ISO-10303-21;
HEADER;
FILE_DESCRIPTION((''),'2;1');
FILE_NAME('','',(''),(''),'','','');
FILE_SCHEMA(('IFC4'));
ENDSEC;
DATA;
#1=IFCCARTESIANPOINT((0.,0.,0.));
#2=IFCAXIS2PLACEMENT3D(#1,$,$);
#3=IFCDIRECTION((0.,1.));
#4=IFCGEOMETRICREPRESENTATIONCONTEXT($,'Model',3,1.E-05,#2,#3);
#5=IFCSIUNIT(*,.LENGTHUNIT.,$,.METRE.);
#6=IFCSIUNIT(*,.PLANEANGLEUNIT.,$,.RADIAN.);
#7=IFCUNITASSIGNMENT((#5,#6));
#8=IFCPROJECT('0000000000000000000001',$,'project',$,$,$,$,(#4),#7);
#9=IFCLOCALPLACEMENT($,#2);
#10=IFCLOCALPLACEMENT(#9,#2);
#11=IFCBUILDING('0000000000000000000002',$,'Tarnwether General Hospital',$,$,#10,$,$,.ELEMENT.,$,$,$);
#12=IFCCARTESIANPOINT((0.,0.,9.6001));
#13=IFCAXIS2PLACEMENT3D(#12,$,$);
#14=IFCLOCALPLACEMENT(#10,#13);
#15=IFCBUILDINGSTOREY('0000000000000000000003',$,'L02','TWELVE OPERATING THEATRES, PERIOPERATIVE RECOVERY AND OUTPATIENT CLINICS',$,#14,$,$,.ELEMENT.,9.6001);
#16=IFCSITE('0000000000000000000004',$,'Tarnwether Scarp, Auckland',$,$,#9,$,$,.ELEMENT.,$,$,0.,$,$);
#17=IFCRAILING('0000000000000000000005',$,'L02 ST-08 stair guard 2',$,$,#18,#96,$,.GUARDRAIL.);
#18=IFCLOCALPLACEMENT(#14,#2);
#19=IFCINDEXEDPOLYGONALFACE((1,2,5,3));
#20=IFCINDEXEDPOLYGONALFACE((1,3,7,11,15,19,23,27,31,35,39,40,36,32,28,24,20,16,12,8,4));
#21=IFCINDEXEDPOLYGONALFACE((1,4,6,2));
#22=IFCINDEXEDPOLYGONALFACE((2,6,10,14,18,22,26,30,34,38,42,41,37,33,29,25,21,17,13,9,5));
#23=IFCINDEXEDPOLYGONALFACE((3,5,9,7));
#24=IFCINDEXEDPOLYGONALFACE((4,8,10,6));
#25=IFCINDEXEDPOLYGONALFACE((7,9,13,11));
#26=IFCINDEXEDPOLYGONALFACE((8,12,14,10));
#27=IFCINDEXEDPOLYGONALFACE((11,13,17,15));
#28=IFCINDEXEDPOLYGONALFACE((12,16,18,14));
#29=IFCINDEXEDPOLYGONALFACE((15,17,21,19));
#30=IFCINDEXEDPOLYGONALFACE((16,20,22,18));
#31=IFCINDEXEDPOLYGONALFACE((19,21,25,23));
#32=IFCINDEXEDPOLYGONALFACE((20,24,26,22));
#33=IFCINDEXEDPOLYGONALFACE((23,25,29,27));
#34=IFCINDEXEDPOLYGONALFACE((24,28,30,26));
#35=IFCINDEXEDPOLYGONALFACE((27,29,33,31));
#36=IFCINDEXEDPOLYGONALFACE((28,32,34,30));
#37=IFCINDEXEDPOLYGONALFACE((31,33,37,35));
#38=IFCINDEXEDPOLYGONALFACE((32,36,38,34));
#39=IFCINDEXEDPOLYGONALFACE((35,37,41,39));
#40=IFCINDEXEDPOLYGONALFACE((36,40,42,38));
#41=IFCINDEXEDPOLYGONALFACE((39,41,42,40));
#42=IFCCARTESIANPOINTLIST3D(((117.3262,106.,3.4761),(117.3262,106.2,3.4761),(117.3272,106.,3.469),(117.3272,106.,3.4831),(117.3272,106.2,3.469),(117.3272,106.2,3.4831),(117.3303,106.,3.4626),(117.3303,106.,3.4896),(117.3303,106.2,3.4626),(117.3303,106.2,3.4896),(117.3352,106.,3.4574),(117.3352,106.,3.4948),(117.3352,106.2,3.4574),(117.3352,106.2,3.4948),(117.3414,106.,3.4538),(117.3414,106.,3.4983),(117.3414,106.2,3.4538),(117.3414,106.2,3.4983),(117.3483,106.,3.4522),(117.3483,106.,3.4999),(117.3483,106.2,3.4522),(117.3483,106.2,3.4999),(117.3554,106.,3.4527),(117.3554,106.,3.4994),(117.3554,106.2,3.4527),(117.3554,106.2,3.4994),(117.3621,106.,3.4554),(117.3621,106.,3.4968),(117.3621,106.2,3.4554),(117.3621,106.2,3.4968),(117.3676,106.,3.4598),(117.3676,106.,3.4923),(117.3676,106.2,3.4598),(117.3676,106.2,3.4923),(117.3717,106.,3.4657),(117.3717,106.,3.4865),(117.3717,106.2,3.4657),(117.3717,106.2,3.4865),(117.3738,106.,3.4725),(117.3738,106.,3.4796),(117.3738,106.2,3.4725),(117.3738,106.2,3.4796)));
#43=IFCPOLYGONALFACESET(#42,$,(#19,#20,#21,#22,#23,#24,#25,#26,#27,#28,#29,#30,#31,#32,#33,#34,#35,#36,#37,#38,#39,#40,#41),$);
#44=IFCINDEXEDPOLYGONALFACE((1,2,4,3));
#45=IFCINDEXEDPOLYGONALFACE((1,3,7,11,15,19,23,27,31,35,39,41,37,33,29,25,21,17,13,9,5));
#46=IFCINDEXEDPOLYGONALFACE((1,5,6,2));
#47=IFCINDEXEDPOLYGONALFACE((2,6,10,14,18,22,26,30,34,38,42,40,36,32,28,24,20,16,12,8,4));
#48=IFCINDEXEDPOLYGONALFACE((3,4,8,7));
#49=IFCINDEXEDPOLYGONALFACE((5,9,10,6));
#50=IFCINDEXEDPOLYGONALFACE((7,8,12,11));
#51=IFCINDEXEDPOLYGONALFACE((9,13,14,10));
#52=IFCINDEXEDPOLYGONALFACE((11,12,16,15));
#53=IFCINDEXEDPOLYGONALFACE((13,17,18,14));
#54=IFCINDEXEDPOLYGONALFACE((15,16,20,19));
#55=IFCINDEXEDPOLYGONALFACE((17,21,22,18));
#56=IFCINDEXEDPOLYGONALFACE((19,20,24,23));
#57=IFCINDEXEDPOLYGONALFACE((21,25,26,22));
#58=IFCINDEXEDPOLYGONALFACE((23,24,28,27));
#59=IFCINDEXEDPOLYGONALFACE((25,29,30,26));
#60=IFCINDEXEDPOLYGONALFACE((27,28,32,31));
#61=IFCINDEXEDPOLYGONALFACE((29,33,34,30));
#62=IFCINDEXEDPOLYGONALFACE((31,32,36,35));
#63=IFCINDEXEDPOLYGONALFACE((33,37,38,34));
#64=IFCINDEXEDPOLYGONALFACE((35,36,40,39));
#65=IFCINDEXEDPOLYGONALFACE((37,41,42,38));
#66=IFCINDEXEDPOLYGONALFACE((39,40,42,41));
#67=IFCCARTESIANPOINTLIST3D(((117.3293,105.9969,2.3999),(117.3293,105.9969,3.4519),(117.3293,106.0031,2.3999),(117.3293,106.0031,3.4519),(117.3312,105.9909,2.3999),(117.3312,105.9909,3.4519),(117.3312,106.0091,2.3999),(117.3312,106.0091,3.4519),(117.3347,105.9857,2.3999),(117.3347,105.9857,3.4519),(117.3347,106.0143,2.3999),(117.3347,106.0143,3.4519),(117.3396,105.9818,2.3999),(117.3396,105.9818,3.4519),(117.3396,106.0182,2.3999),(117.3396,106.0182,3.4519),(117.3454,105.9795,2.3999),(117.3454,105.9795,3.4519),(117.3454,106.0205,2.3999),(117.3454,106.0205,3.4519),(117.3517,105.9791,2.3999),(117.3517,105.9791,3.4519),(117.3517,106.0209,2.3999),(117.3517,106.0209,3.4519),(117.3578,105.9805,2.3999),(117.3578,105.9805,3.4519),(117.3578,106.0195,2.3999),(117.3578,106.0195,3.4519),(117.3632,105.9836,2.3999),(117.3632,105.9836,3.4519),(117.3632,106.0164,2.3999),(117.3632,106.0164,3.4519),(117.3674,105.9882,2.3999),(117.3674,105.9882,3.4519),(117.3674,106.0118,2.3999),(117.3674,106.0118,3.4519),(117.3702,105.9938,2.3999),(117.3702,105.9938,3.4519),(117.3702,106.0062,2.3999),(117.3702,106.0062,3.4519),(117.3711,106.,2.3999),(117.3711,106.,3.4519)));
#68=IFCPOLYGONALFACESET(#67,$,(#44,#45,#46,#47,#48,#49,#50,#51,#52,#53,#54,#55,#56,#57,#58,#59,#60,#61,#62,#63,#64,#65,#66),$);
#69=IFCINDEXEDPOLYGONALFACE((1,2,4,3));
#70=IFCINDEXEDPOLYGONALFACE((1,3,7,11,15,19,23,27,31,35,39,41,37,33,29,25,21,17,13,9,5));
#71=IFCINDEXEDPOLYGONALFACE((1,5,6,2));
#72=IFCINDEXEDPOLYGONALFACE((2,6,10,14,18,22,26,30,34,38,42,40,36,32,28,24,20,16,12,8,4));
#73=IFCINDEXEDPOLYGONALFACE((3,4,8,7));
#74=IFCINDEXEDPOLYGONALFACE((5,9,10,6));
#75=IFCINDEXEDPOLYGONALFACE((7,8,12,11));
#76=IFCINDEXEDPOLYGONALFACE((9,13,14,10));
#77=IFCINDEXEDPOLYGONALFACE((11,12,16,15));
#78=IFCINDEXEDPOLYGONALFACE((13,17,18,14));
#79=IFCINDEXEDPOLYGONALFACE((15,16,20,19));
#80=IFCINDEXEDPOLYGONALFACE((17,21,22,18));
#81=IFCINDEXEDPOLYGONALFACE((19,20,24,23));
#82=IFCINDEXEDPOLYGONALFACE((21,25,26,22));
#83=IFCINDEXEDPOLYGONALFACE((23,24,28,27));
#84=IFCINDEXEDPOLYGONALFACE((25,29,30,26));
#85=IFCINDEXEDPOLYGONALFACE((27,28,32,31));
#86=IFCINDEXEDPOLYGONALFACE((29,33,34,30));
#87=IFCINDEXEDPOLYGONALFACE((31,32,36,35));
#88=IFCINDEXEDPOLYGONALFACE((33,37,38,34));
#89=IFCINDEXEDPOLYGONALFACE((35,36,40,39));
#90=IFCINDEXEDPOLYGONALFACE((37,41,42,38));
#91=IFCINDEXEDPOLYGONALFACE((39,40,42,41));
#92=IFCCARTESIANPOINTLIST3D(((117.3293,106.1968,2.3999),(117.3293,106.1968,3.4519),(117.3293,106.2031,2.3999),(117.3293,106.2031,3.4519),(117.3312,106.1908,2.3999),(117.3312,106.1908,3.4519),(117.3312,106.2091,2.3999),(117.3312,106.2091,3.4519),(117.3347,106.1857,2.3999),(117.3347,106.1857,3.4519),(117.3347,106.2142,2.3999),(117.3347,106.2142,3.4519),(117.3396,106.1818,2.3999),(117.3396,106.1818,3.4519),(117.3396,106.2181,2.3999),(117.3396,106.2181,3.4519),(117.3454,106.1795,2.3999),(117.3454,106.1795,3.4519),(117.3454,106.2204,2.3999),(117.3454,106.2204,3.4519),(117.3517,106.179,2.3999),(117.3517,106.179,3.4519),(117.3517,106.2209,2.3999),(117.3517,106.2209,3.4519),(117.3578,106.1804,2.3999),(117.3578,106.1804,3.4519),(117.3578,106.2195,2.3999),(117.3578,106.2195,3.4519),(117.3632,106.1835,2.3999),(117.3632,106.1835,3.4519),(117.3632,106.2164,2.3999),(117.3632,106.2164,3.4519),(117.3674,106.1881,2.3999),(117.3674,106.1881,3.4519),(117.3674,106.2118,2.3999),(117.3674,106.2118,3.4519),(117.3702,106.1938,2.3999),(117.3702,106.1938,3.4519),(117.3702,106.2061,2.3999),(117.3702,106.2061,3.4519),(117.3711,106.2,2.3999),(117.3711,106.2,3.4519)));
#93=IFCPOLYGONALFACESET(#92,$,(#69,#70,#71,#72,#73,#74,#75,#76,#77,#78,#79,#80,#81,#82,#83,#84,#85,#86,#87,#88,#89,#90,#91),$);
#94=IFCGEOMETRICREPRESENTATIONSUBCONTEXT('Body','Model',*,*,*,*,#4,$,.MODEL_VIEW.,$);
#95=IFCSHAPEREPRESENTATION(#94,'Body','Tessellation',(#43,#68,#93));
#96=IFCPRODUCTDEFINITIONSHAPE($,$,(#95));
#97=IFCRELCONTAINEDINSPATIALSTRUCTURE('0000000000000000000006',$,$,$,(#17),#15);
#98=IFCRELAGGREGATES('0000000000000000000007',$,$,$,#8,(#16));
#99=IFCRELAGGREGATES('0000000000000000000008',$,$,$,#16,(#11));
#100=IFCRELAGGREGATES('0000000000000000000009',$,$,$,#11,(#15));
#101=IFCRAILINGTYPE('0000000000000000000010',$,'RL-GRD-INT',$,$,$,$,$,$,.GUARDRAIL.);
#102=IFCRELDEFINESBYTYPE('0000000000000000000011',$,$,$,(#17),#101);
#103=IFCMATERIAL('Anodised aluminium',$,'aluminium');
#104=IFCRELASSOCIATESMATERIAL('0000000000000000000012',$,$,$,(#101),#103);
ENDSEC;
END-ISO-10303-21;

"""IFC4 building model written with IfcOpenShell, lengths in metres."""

from ifc_helpers import new_model, si_unit, direction, frame, origin, origin_2d, place, context, subcontext, project, spatial, circle, extrude, material, type_object, element, save


model = new_model("IFC4")

# Units and contexts
model_context = context("Model", 3, precision=1e-05, world=origin(), true_north=direction((0.0, 1.0)))
body_context = subcontext(model_context, "Body", "Model", "MODEL_VIEW")
ifc_project = project(units=[si_unit("LENGTHUNIT", "METRE"), si_unit("PLANEANGLEUNIT", "RADIAN")], contexts=[model_context])

# Site, building, storey
site_placement = place(None, origin())
site = spatial("IfcSite", under=ifc_project, at=site_placement, Name="Tarnwether Scarp, Auckland", CompositionType="ELEMENT", RefElevation=0.0)
building_placement = place(site_placement, origin())
building = spatial("IfcBuilding", under=site, at=building_placement, Name="Tarnwether General Hospital", CompositionType="ELEMENT")
storey_placement = place(building_placement, frame((0.0, 0.0, 9.6001)))
storey = spatial("IfcBuildingStorey", under=building, at=storey_placement, Name="L02", Description="TWELVE OPERATING THEATRES, PERIOPERATIVE RECOVERY AND OUTPATIENT CLINICS", CompositionType="ELEMENT", Elevation=9.6001)

# Railing
ifc_material_1 = material(Name="Anodised aluminium", Category="aluminium")
railing_type_1 = type_object("IfcRailingType", Name="RL-GRD-INT", PredefinedType="GUARDRAIL", material=ifc_material_1)
railing_1_placement = place(storey_placement, frame((117.3501, 106.0, 2.3999)))
element("IfcRailing", 1, at=railing_1_placement, inside=storey, type_object=railing_type_1, Name="L02 ST-08 stair guard 2", PredefinedType="GUARDRAIL", context=body_context, shape_type="SweptSolid", body=[
    extrude(circle(Radius=0.0239, at=origin_2d()), frame((0.0, 0.0, 1.0762), z_axis=(0.0, 1.0, 0.0), x_axis=(-1.0, 0.0, 0.0)), (0.0, 0.0, 1.0), 0.2),
    extrude(circle(Radius=0.021, at=origin_2d()), origin(), (0.0, 0.0, 1.0), 1.052),
    extrude(circle(Radius=0.021, at=origin_2d()), frame((0.0, 0.2, 0.0)), (0.0, 0.0, 1.0), 1.052),
])

save(model, "model.ifc")
